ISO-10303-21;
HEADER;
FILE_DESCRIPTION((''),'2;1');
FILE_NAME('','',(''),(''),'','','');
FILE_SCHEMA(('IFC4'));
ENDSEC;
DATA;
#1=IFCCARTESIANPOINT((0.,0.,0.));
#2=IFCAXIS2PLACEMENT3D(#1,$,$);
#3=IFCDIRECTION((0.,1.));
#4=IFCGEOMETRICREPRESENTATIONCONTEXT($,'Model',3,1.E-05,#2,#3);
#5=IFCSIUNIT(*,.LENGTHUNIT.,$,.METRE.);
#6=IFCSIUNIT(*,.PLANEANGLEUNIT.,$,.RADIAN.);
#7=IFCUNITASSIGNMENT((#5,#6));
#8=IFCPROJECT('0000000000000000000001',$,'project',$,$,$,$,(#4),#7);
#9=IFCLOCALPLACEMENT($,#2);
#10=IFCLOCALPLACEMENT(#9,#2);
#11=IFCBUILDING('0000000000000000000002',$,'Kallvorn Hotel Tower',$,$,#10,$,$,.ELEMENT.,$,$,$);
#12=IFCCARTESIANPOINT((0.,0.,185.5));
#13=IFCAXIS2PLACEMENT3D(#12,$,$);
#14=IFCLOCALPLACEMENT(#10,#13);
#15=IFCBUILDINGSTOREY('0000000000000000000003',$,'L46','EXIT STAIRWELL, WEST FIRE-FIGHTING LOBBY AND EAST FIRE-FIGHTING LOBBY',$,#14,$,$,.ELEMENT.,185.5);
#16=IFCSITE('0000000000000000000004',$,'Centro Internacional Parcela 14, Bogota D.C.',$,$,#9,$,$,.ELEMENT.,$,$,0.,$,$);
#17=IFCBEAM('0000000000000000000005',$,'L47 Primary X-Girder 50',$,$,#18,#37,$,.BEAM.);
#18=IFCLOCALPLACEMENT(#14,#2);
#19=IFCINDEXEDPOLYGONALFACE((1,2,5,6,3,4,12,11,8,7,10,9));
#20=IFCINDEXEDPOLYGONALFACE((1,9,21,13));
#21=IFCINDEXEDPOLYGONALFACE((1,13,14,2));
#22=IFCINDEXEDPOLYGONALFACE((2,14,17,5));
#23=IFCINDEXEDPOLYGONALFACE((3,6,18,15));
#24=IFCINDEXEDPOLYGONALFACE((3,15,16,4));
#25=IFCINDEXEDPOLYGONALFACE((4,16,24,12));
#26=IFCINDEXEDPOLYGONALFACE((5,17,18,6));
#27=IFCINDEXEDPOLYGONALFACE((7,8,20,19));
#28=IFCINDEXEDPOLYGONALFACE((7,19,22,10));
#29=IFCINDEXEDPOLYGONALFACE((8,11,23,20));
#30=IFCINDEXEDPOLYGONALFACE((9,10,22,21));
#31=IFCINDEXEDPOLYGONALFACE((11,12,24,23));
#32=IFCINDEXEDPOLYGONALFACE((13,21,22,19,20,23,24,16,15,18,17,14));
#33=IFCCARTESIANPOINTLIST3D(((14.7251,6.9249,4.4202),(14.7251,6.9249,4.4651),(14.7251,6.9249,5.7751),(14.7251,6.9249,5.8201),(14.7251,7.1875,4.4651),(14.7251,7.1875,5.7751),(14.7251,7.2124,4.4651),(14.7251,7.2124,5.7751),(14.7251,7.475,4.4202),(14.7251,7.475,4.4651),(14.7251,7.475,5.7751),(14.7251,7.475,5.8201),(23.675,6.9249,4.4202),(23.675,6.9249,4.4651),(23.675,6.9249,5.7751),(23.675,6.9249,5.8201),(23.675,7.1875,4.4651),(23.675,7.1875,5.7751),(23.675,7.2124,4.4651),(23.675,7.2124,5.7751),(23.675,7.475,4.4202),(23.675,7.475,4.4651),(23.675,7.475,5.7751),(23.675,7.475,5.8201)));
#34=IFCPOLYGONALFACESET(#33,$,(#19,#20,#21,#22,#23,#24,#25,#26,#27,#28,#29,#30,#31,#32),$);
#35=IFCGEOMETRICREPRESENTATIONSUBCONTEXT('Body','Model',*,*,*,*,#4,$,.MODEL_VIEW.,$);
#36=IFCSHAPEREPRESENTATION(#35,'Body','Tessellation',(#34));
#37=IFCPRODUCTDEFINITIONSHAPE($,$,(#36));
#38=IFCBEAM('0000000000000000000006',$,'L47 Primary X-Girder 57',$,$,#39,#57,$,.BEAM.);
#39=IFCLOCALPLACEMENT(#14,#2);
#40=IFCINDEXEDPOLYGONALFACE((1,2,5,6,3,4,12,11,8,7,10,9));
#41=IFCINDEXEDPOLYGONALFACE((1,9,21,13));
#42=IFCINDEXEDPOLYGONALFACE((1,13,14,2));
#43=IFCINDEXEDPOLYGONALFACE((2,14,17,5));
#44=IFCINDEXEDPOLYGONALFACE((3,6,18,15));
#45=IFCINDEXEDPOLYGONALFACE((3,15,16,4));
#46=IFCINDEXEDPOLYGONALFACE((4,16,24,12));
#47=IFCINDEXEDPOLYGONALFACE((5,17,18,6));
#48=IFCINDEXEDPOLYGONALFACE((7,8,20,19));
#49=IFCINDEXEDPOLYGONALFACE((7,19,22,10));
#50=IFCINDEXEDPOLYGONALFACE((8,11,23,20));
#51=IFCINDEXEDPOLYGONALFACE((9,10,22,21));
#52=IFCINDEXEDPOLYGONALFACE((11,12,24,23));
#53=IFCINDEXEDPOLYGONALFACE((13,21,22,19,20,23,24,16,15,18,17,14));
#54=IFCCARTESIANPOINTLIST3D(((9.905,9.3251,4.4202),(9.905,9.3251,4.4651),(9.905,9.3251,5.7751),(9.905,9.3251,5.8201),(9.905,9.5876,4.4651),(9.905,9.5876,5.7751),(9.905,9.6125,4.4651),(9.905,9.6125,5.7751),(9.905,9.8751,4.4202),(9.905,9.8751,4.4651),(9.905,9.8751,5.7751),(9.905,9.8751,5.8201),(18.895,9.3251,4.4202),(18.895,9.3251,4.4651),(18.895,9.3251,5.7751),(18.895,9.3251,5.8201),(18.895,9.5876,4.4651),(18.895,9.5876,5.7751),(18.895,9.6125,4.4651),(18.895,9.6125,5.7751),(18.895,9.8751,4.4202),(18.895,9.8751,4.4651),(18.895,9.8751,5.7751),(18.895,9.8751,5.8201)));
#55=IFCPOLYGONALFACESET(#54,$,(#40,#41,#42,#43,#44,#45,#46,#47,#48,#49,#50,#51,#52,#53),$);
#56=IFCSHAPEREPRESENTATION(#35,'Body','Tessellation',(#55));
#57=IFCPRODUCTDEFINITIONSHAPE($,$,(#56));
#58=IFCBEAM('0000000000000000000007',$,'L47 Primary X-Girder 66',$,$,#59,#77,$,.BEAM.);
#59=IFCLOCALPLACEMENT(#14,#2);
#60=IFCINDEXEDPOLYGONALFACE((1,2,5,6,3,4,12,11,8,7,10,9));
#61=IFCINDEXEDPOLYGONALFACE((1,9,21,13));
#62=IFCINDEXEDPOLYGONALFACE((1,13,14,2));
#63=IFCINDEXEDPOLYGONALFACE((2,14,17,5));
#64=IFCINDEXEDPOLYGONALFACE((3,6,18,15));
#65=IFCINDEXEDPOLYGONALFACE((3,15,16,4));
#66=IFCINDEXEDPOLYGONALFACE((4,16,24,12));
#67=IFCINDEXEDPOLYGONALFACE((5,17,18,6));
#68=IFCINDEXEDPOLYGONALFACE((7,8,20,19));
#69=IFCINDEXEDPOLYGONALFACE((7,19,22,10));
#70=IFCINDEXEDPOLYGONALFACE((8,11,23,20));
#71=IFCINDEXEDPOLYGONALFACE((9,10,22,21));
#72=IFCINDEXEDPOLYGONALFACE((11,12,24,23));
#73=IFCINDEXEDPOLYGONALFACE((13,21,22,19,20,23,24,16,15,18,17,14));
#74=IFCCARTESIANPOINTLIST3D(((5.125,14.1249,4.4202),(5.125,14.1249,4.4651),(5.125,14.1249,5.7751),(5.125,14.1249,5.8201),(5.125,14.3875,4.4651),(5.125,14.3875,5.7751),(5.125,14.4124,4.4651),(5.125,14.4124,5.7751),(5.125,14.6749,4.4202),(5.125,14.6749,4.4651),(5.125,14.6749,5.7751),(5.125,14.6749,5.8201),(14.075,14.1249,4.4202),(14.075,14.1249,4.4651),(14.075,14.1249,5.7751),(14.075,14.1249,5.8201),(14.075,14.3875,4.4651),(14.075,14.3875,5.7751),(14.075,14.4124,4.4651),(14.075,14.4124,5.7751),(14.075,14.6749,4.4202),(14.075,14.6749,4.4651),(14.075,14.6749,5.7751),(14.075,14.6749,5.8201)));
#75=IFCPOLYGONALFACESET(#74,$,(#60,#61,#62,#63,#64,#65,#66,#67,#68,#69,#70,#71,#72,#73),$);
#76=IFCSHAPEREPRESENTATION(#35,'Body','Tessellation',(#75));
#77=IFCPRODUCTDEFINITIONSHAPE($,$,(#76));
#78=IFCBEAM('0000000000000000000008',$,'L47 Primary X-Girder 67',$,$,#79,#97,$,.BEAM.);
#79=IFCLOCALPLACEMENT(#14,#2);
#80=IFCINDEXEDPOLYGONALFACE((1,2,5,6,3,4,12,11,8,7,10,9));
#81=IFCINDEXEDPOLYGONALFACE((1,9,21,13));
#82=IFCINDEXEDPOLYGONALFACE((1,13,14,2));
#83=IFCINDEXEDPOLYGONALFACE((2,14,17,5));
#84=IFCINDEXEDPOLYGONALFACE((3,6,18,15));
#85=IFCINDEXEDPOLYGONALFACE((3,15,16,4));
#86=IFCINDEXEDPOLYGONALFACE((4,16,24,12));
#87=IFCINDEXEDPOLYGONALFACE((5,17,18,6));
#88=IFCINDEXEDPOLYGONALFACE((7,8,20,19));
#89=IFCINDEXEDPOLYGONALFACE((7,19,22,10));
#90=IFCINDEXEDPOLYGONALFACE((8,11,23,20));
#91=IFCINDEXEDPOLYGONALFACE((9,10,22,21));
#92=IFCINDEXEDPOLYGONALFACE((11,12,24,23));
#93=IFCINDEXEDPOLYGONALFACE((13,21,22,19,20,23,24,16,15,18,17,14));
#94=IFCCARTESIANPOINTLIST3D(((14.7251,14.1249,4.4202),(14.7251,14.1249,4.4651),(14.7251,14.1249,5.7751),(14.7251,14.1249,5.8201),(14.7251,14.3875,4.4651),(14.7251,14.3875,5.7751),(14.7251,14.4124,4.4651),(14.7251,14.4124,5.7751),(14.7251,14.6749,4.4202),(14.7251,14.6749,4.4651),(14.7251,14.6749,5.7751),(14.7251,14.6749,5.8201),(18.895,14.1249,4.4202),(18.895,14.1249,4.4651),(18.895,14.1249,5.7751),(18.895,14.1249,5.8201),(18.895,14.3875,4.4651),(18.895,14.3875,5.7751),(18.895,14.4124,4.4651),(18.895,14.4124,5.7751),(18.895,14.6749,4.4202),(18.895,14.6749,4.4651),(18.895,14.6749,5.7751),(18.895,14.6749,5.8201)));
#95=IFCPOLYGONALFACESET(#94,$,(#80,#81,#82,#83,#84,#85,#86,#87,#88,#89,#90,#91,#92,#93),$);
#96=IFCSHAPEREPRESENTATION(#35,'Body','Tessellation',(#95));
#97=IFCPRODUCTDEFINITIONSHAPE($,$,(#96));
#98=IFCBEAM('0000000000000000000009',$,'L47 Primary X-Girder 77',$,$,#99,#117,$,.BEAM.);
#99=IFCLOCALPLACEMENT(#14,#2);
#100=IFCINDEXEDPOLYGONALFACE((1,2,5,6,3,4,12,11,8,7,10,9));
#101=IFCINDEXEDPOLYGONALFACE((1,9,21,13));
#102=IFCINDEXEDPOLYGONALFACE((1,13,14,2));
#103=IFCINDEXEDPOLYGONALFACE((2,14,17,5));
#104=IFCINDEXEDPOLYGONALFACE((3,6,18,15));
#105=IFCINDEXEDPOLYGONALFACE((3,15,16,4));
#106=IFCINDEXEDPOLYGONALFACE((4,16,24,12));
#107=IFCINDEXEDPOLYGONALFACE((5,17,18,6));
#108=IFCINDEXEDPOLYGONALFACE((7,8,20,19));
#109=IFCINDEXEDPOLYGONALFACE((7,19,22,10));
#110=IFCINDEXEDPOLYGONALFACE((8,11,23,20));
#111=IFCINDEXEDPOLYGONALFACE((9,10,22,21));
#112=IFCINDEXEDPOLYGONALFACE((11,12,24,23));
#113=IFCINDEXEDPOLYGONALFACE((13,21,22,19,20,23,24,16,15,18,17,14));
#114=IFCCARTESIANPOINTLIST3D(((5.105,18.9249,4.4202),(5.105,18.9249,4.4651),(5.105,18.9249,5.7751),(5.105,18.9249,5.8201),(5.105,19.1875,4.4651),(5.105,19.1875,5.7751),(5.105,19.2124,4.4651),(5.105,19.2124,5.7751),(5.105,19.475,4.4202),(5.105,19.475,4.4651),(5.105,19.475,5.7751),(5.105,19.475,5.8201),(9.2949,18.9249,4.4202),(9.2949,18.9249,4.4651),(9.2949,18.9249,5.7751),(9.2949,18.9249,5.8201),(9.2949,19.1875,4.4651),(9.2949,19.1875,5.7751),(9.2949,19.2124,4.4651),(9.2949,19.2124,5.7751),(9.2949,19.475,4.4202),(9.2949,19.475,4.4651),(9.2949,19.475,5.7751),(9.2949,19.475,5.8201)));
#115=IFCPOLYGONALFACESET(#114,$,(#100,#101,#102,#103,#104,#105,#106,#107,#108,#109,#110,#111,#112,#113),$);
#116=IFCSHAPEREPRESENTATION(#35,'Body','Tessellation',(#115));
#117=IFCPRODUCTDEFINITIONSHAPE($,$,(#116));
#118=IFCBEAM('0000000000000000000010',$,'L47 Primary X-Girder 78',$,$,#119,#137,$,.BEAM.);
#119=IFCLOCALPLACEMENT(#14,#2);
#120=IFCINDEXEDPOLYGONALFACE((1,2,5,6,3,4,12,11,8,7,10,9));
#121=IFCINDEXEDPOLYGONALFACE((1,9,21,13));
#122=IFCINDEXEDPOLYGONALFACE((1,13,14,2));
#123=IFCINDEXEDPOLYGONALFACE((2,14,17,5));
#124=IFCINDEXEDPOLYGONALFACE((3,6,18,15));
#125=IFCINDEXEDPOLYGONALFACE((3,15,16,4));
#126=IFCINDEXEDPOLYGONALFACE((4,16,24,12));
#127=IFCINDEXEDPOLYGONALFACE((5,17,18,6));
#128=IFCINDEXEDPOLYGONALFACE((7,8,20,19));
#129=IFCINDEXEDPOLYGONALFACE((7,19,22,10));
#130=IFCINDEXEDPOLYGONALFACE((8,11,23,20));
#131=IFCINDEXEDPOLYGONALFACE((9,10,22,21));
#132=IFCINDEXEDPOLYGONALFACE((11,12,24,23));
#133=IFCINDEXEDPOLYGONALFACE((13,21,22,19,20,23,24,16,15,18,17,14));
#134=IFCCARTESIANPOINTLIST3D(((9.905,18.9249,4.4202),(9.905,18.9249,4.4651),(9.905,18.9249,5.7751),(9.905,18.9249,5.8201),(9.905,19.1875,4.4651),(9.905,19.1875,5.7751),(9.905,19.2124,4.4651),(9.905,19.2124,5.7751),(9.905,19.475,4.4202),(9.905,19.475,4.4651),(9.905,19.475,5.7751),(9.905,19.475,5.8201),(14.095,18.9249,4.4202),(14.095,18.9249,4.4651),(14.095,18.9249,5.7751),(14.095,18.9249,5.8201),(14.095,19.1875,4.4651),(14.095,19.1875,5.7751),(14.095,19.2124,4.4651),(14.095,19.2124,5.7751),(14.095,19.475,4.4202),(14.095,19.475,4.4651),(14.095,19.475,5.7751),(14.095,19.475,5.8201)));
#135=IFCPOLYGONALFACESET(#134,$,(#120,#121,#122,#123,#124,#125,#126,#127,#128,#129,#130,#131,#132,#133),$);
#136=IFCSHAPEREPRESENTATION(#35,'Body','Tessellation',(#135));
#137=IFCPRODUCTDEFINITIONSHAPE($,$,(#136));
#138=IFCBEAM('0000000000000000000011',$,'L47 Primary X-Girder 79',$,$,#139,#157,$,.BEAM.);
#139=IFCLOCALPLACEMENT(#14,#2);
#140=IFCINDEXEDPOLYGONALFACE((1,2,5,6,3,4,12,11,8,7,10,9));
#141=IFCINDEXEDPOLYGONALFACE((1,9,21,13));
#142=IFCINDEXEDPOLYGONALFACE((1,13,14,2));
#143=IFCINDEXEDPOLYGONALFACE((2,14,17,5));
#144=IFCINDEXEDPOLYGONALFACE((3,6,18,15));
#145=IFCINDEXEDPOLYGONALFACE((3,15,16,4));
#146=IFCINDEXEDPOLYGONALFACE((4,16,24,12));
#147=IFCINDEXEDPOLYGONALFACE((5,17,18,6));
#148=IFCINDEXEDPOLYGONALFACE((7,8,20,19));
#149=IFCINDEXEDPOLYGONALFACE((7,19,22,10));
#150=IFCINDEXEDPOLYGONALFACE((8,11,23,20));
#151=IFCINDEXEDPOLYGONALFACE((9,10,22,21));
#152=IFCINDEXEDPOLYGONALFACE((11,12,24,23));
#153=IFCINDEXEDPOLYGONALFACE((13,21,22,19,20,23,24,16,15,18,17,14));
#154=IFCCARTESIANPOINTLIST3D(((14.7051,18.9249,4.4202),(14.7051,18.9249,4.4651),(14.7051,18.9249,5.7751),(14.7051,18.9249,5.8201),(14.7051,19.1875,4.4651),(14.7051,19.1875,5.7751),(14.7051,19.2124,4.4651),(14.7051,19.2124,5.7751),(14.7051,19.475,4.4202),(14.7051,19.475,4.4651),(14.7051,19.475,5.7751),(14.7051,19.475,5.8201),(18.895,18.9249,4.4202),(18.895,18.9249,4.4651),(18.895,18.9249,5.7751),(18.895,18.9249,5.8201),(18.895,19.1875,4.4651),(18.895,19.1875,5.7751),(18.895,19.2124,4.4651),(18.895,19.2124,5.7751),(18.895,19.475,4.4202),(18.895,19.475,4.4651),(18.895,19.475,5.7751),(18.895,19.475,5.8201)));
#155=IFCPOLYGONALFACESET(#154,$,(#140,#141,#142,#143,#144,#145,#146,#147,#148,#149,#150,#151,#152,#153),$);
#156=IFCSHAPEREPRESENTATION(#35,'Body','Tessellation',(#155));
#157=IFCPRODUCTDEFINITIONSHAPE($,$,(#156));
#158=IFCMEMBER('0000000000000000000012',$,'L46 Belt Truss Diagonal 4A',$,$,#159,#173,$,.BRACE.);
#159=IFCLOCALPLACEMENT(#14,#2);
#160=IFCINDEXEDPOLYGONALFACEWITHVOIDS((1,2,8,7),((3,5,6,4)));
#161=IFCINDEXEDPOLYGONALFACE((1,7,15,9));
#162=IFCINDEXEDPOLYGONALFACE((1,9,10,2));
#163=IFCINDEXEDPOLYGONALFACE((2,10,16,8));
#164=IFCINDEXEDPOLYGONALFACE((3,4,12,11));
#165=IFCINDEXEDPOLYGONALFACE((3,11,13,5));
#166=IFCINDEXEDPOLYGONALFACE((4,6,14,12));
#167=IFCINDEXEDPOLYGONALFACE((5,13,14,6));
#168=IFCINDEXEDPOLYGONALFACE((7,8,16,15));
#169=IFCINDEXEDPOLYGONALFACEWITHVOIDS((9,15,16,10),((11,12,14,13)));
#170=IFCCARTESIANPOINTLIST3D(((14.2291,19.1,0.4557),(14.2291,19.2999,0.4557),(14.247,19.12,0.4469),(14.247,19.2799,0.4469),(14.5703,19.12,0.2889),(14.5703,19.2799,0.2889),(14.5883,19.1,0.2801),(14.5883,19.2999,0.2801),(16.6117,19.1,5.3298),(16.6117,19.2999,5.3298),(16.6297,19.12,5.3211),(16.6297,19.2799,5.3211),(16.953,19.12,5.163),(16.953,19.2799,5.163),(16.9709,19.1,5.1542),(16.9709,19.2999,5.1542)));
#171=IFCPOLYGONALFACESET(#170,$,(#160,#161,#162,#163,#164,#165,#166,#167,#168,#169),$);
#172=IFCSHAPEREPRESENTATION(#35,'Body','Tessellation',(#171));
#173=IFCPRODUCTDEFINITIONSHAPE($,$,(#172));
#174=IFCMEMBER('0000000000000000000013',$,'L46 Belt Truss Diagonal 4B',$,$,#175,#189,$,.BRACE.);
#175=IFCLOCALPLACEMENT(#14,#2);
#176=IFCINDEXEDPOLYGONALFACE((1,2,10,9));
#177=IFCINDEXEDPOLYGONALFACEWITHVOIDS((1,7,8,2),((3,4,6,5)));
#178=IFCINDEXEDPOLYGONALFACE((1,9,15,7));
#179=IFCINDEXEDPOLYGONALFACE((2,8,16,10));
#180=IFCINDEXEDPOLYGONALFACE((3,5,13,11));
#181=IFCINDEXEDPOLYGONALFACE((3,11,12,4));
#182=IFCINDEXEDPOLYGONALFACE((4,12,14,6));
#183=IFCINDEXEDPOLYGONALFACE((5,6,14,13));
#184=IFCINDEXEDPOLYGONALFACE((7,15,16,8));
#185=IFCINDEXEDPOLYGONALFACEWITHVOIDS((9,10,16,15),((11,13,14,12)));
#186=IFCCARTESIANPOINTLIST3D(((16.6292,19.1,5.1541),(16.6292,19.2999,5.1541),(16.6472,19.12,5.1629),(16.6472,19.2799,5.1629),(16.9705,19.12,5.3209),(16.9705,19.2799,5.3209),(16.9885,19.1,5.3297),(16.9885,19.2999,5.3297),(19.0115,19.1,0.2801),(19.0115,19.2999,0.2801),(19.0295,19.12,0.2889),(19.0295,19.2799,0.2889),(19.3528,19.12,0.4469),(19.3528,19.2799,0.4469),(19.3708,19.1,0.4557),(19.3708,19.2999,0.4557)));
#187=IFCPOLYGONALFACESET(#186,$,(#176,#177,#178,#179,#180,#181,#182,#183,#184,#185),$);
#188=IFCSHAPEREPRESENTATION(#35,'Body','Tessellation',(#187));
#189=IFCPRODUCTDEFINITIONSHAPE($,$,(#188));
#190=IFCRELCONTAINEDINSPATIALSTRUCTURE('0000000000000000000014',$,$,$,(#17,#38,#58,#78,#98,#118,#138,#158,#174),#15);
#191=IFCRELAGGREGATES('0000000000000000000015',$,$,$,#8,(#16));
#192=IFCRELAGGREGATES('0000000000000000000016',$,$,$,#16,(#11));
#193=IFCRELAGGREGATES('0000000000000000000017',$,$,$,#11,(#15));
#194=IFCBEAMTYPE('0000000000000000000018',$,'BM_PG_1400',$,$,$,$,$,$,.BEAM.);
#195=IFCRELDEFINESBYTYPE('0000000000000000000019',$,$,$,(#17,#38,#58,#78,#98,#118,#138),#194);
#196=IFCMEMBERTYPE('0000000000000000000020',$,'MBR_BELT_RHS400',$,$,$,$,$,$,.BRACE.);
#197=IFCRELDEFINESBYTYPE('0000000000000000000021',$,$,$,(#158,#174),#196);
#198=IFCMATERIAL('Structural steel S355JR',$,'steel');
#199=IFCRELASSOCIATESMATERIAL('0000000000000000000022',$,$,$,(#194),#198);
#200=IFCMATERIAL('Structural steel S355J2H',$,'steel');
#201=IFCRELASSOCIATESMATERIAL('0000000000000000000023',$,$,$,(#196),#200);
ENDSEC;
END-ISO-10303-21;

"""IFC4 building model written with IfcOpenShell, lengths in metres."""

from ifc_helpers import new_model, si_unit, direction, frame, origin, origin_2d, place, context, subcontext, project, spatial, hollow_rectangle, i_section, extrude, material, material_profile, profile_set, type_object, element, save


model = new_model("IFC4")

# Units and contexts
model_context = context("Model", 3, precision=1e-05, world=origin(), true_north=direction((0.0, 1.0)))
body_context = subcontext(model_context, "Body", "Model", "MODEL_VIEW")
ifc_project = project(units=[si_unit("LENGTHUNIT", "METRE"), si_unit("PLANEANGLEUNIT", "RADIAN")], contexts=[model_context])

# Site, building, storey
site_placement = place(None, origin())
site = spatial("IfcSite", under=ifc_project, at=site_placement, Name="Centro Internacional Parcela 14, Bogota D.C.", CompositionType="ELEMENT", RefElevation=0.0)
building_placement = place(site_placement, origin())
building = spatial("IfcBuilding", under=site, at=building_placement, Name="Kallvorn Hotel Tower", CompositionType="ELEMENT")
storey_placement = place(building_placement, frame((0.0, 0.0, 185.5)))
storey = spatial("IfcBuildingStorey", under=building, at=storey_placement, Name="L46", Description="EXIT STAIRWELL, WEST FIRE-FIGHTING LOBBY AND EAST FIRE-FIGHTING LOBBY", CompositionType="ELEMENT", Elevation=185.5)

# Beams
ifc_material_1 = material(Name="Structural steel S355JR", Category="steel")
ifc_material_profile_1 = material_profile(ifc_material_1, i_section(OverallWidth=0.55, OverallDepth=1.3999, WebThickness=0.0249, FlangeThickness=0.0449, at=origin_2d()), Name="PG 1400x550x25x45")
ifc_profile_set_1 = profile_set([ifc_material_profile_1], Name="Structural steel S355JR")
beam_type_1 = type_object("IfcBeamType", Name="BM_PG_1400", PredefinedType="BEAM", material=ifc_profile_set_1)
for number, where, z_axis, x_axis, name in (
    (1, (14.7251, 7.2, 5.1201), (1.0, 0.0, 0.0), (0.0, 1.0, 0.0), "L47 Primary X-Girder 50"),
):
    element("IfcBeam", number, at=place(storey_placement, frame(where, z_axis=z_axis, x_axis=x_axis)), inside=storey, type_object=beam_type_1, Name=name, PredefinedType="BEAM", context=body_context, shape_type="SweptSolid", body=[
        extrude(i_section(OverallWidth=0.55, OverallDepth=1.3999, WebThickness=0.0249, FlangeThickness=0.0449, at=origin_2d()), origin(), (0.0, 0.0, 1.0), 8.95),
    ])
beam_1_placement = place(storey_placement, frame((9.905, 9.6001, 5.1201), z_axis=(1.0, 0.0, 0.0), x_axis=(0.0, 1.0, 0.0)))
element("IfcBeam", 2, at=beam_1_placement, inside=storey, type_object=beam_type_1, Name="L47 Primary X-Girder 57", PredefinedType="BEAM", context=body_context, shape_type="SweptSolid", body=[
    extrude(i_section(OverallWidth=0.55, OverallDepth=1.3999, WebThickness=0.0249, FlangeThickness=0.0449, at=origin_2d()), origin(), (0.0, 0.0, 1.0), 8.99),
])
beam_2_placement = place(storey_placement, frame((5.125, 14.3999, 5.1201), z_axis=(1.0, 0.0, 0.0), x_axis=(0.0, 1.0, 0.0)))
element("IfcBeam", 3, at=beam_2_placement, inside=storey, type_object=beam_type_1, Name="L47 Primary X-Girder 66", PredefinedType="BEAM", context=body_context, shape_type="SweptSolid", body=[
    extrude(i_section(OverallWidth=0.55, OverallDepth=1.3999, WebThickness=0.0249, FlangeThickness=0.0449, at=origin_2d()), origin(), (0.0, 0.0, 1.0), 8.95),
])
beam_3_placement = place(storey_placement, frame((14.7251, 14.3999, 5.1201), z_axis=(1.0, 0.0, 0.0), x_axis=(0.0, 1.0, 0.0)))
element("IfcBeam", 4, at=beam_3_placement, inside=storey, type_object=beam_type_1, Name="L47 Primary X-Girder 67", PredefinedType="BEAM", context=body_context, shape_type="SweptSolid", body=[
    extrude(i_section(OverallWidth=0.55, OverallDepth=1.3999, WebThickness=0.0249, FlangeThickness=0.0449, at=origin_2d()), origin(), (0.0, 0.0, 1.0), 4.1699),
])
for number, where, z_axis, x_axis, name in (
    (5, (5.105, 19.2, 5.1201), (1.0, 0.0, 0.0), (0.0, 1.0, 0.0), "L47 Primary X-Girder 77"),
    (6, (9.905, 19.2, 5.1201), (1.0, 0.0, 0.0), (0.0, 1.0, 0.0), "L47 Primary X-Girder 78"),
    (7, (14.7051, 19.2, 5.1201), (1.0, 0.0, 0.0), (0.0, 1.0, 0.0), "L47 Primary X-Girder 79"),
):
    element("IfcBeam", number, at=place(storey_placement, frame(where, z_axis=z_axis, x_axis=x_axis)), inside=storey, type_object=beam_type_1, Name=name, PredefinedType="BEAM", context=body_context, shape_type="SweptSolid", body=[
        extrude(i_section(OverallWidth=0.55, OverallDepth=1.3999, WebThickness=0.0249, FlangeThickness=0.0449, at=origin_2d()), origin(), (0.0, 0.0, 1.0), 4.1899),
    ])

# Members
ifc_material_2 = material(Name="Structural steel S355J2H", Category="steel")
ifc_material_profile_2 = material_profile(ifc_material_2, hollow_rectangle(XDim=0.2, YDim=0.3999, WallThickness=0.02, at=origin_2d()), Name="RHS 400x200x20")
ifc_profile_set_2 = profile_set([ifc_material_profile_2], Name="Structural steel S355J2H")
member_type_1 = type_object("IfcMemberType", Name="MBR_BELT_RHS400", PredefinedType="BRACE", material=ifc_profile_set_2)
member_1_placement = place(storey_placement, frame((14.4087, 19.2, 0.3679), z_axis=(0.439167, 0.0, 0.898405), x_axis=(0.0, 1.0, 0.0)))
element("IfcMember", 8, at=member_1_placement, inside=storey, type_object=member_type_1, Name="L46 Belt Truss Diagonal 4A", PredefinedType="BRACE", context=body_context, shape_type="SweptSolid", body=[
    extrude(hollow_rectangle(XDim=0.2, YDim=0.3999, WallThickness=0.02, at=origin_2d()), origin(), (0.0, 0.0, 1.0), 5.4253),
])
member_2_placement = place(storey_placement, frame((19.1912, 19.2, 0.3679), z_axis=(-0.439131, 0.0, 0.898423), x_axis=(0.0, -1.0, 0.0)))
element("IfcMember", 9, at=member_2_placement, inside=storey, type_object=member_type_1, Name="L46 Belt Truss Diagonal 4B", PredefinedType="BRACE", context=body_context, shape_type="SweptSolid", body=[
    extrude(hollow_rectangle(XDim=0.2, YDim=0.3999, WallThickness=0.02, at=origin_2d()), origin(), (0.0, 0.0, 1.0), 5.425),
])

save(model, "model.ifc")
